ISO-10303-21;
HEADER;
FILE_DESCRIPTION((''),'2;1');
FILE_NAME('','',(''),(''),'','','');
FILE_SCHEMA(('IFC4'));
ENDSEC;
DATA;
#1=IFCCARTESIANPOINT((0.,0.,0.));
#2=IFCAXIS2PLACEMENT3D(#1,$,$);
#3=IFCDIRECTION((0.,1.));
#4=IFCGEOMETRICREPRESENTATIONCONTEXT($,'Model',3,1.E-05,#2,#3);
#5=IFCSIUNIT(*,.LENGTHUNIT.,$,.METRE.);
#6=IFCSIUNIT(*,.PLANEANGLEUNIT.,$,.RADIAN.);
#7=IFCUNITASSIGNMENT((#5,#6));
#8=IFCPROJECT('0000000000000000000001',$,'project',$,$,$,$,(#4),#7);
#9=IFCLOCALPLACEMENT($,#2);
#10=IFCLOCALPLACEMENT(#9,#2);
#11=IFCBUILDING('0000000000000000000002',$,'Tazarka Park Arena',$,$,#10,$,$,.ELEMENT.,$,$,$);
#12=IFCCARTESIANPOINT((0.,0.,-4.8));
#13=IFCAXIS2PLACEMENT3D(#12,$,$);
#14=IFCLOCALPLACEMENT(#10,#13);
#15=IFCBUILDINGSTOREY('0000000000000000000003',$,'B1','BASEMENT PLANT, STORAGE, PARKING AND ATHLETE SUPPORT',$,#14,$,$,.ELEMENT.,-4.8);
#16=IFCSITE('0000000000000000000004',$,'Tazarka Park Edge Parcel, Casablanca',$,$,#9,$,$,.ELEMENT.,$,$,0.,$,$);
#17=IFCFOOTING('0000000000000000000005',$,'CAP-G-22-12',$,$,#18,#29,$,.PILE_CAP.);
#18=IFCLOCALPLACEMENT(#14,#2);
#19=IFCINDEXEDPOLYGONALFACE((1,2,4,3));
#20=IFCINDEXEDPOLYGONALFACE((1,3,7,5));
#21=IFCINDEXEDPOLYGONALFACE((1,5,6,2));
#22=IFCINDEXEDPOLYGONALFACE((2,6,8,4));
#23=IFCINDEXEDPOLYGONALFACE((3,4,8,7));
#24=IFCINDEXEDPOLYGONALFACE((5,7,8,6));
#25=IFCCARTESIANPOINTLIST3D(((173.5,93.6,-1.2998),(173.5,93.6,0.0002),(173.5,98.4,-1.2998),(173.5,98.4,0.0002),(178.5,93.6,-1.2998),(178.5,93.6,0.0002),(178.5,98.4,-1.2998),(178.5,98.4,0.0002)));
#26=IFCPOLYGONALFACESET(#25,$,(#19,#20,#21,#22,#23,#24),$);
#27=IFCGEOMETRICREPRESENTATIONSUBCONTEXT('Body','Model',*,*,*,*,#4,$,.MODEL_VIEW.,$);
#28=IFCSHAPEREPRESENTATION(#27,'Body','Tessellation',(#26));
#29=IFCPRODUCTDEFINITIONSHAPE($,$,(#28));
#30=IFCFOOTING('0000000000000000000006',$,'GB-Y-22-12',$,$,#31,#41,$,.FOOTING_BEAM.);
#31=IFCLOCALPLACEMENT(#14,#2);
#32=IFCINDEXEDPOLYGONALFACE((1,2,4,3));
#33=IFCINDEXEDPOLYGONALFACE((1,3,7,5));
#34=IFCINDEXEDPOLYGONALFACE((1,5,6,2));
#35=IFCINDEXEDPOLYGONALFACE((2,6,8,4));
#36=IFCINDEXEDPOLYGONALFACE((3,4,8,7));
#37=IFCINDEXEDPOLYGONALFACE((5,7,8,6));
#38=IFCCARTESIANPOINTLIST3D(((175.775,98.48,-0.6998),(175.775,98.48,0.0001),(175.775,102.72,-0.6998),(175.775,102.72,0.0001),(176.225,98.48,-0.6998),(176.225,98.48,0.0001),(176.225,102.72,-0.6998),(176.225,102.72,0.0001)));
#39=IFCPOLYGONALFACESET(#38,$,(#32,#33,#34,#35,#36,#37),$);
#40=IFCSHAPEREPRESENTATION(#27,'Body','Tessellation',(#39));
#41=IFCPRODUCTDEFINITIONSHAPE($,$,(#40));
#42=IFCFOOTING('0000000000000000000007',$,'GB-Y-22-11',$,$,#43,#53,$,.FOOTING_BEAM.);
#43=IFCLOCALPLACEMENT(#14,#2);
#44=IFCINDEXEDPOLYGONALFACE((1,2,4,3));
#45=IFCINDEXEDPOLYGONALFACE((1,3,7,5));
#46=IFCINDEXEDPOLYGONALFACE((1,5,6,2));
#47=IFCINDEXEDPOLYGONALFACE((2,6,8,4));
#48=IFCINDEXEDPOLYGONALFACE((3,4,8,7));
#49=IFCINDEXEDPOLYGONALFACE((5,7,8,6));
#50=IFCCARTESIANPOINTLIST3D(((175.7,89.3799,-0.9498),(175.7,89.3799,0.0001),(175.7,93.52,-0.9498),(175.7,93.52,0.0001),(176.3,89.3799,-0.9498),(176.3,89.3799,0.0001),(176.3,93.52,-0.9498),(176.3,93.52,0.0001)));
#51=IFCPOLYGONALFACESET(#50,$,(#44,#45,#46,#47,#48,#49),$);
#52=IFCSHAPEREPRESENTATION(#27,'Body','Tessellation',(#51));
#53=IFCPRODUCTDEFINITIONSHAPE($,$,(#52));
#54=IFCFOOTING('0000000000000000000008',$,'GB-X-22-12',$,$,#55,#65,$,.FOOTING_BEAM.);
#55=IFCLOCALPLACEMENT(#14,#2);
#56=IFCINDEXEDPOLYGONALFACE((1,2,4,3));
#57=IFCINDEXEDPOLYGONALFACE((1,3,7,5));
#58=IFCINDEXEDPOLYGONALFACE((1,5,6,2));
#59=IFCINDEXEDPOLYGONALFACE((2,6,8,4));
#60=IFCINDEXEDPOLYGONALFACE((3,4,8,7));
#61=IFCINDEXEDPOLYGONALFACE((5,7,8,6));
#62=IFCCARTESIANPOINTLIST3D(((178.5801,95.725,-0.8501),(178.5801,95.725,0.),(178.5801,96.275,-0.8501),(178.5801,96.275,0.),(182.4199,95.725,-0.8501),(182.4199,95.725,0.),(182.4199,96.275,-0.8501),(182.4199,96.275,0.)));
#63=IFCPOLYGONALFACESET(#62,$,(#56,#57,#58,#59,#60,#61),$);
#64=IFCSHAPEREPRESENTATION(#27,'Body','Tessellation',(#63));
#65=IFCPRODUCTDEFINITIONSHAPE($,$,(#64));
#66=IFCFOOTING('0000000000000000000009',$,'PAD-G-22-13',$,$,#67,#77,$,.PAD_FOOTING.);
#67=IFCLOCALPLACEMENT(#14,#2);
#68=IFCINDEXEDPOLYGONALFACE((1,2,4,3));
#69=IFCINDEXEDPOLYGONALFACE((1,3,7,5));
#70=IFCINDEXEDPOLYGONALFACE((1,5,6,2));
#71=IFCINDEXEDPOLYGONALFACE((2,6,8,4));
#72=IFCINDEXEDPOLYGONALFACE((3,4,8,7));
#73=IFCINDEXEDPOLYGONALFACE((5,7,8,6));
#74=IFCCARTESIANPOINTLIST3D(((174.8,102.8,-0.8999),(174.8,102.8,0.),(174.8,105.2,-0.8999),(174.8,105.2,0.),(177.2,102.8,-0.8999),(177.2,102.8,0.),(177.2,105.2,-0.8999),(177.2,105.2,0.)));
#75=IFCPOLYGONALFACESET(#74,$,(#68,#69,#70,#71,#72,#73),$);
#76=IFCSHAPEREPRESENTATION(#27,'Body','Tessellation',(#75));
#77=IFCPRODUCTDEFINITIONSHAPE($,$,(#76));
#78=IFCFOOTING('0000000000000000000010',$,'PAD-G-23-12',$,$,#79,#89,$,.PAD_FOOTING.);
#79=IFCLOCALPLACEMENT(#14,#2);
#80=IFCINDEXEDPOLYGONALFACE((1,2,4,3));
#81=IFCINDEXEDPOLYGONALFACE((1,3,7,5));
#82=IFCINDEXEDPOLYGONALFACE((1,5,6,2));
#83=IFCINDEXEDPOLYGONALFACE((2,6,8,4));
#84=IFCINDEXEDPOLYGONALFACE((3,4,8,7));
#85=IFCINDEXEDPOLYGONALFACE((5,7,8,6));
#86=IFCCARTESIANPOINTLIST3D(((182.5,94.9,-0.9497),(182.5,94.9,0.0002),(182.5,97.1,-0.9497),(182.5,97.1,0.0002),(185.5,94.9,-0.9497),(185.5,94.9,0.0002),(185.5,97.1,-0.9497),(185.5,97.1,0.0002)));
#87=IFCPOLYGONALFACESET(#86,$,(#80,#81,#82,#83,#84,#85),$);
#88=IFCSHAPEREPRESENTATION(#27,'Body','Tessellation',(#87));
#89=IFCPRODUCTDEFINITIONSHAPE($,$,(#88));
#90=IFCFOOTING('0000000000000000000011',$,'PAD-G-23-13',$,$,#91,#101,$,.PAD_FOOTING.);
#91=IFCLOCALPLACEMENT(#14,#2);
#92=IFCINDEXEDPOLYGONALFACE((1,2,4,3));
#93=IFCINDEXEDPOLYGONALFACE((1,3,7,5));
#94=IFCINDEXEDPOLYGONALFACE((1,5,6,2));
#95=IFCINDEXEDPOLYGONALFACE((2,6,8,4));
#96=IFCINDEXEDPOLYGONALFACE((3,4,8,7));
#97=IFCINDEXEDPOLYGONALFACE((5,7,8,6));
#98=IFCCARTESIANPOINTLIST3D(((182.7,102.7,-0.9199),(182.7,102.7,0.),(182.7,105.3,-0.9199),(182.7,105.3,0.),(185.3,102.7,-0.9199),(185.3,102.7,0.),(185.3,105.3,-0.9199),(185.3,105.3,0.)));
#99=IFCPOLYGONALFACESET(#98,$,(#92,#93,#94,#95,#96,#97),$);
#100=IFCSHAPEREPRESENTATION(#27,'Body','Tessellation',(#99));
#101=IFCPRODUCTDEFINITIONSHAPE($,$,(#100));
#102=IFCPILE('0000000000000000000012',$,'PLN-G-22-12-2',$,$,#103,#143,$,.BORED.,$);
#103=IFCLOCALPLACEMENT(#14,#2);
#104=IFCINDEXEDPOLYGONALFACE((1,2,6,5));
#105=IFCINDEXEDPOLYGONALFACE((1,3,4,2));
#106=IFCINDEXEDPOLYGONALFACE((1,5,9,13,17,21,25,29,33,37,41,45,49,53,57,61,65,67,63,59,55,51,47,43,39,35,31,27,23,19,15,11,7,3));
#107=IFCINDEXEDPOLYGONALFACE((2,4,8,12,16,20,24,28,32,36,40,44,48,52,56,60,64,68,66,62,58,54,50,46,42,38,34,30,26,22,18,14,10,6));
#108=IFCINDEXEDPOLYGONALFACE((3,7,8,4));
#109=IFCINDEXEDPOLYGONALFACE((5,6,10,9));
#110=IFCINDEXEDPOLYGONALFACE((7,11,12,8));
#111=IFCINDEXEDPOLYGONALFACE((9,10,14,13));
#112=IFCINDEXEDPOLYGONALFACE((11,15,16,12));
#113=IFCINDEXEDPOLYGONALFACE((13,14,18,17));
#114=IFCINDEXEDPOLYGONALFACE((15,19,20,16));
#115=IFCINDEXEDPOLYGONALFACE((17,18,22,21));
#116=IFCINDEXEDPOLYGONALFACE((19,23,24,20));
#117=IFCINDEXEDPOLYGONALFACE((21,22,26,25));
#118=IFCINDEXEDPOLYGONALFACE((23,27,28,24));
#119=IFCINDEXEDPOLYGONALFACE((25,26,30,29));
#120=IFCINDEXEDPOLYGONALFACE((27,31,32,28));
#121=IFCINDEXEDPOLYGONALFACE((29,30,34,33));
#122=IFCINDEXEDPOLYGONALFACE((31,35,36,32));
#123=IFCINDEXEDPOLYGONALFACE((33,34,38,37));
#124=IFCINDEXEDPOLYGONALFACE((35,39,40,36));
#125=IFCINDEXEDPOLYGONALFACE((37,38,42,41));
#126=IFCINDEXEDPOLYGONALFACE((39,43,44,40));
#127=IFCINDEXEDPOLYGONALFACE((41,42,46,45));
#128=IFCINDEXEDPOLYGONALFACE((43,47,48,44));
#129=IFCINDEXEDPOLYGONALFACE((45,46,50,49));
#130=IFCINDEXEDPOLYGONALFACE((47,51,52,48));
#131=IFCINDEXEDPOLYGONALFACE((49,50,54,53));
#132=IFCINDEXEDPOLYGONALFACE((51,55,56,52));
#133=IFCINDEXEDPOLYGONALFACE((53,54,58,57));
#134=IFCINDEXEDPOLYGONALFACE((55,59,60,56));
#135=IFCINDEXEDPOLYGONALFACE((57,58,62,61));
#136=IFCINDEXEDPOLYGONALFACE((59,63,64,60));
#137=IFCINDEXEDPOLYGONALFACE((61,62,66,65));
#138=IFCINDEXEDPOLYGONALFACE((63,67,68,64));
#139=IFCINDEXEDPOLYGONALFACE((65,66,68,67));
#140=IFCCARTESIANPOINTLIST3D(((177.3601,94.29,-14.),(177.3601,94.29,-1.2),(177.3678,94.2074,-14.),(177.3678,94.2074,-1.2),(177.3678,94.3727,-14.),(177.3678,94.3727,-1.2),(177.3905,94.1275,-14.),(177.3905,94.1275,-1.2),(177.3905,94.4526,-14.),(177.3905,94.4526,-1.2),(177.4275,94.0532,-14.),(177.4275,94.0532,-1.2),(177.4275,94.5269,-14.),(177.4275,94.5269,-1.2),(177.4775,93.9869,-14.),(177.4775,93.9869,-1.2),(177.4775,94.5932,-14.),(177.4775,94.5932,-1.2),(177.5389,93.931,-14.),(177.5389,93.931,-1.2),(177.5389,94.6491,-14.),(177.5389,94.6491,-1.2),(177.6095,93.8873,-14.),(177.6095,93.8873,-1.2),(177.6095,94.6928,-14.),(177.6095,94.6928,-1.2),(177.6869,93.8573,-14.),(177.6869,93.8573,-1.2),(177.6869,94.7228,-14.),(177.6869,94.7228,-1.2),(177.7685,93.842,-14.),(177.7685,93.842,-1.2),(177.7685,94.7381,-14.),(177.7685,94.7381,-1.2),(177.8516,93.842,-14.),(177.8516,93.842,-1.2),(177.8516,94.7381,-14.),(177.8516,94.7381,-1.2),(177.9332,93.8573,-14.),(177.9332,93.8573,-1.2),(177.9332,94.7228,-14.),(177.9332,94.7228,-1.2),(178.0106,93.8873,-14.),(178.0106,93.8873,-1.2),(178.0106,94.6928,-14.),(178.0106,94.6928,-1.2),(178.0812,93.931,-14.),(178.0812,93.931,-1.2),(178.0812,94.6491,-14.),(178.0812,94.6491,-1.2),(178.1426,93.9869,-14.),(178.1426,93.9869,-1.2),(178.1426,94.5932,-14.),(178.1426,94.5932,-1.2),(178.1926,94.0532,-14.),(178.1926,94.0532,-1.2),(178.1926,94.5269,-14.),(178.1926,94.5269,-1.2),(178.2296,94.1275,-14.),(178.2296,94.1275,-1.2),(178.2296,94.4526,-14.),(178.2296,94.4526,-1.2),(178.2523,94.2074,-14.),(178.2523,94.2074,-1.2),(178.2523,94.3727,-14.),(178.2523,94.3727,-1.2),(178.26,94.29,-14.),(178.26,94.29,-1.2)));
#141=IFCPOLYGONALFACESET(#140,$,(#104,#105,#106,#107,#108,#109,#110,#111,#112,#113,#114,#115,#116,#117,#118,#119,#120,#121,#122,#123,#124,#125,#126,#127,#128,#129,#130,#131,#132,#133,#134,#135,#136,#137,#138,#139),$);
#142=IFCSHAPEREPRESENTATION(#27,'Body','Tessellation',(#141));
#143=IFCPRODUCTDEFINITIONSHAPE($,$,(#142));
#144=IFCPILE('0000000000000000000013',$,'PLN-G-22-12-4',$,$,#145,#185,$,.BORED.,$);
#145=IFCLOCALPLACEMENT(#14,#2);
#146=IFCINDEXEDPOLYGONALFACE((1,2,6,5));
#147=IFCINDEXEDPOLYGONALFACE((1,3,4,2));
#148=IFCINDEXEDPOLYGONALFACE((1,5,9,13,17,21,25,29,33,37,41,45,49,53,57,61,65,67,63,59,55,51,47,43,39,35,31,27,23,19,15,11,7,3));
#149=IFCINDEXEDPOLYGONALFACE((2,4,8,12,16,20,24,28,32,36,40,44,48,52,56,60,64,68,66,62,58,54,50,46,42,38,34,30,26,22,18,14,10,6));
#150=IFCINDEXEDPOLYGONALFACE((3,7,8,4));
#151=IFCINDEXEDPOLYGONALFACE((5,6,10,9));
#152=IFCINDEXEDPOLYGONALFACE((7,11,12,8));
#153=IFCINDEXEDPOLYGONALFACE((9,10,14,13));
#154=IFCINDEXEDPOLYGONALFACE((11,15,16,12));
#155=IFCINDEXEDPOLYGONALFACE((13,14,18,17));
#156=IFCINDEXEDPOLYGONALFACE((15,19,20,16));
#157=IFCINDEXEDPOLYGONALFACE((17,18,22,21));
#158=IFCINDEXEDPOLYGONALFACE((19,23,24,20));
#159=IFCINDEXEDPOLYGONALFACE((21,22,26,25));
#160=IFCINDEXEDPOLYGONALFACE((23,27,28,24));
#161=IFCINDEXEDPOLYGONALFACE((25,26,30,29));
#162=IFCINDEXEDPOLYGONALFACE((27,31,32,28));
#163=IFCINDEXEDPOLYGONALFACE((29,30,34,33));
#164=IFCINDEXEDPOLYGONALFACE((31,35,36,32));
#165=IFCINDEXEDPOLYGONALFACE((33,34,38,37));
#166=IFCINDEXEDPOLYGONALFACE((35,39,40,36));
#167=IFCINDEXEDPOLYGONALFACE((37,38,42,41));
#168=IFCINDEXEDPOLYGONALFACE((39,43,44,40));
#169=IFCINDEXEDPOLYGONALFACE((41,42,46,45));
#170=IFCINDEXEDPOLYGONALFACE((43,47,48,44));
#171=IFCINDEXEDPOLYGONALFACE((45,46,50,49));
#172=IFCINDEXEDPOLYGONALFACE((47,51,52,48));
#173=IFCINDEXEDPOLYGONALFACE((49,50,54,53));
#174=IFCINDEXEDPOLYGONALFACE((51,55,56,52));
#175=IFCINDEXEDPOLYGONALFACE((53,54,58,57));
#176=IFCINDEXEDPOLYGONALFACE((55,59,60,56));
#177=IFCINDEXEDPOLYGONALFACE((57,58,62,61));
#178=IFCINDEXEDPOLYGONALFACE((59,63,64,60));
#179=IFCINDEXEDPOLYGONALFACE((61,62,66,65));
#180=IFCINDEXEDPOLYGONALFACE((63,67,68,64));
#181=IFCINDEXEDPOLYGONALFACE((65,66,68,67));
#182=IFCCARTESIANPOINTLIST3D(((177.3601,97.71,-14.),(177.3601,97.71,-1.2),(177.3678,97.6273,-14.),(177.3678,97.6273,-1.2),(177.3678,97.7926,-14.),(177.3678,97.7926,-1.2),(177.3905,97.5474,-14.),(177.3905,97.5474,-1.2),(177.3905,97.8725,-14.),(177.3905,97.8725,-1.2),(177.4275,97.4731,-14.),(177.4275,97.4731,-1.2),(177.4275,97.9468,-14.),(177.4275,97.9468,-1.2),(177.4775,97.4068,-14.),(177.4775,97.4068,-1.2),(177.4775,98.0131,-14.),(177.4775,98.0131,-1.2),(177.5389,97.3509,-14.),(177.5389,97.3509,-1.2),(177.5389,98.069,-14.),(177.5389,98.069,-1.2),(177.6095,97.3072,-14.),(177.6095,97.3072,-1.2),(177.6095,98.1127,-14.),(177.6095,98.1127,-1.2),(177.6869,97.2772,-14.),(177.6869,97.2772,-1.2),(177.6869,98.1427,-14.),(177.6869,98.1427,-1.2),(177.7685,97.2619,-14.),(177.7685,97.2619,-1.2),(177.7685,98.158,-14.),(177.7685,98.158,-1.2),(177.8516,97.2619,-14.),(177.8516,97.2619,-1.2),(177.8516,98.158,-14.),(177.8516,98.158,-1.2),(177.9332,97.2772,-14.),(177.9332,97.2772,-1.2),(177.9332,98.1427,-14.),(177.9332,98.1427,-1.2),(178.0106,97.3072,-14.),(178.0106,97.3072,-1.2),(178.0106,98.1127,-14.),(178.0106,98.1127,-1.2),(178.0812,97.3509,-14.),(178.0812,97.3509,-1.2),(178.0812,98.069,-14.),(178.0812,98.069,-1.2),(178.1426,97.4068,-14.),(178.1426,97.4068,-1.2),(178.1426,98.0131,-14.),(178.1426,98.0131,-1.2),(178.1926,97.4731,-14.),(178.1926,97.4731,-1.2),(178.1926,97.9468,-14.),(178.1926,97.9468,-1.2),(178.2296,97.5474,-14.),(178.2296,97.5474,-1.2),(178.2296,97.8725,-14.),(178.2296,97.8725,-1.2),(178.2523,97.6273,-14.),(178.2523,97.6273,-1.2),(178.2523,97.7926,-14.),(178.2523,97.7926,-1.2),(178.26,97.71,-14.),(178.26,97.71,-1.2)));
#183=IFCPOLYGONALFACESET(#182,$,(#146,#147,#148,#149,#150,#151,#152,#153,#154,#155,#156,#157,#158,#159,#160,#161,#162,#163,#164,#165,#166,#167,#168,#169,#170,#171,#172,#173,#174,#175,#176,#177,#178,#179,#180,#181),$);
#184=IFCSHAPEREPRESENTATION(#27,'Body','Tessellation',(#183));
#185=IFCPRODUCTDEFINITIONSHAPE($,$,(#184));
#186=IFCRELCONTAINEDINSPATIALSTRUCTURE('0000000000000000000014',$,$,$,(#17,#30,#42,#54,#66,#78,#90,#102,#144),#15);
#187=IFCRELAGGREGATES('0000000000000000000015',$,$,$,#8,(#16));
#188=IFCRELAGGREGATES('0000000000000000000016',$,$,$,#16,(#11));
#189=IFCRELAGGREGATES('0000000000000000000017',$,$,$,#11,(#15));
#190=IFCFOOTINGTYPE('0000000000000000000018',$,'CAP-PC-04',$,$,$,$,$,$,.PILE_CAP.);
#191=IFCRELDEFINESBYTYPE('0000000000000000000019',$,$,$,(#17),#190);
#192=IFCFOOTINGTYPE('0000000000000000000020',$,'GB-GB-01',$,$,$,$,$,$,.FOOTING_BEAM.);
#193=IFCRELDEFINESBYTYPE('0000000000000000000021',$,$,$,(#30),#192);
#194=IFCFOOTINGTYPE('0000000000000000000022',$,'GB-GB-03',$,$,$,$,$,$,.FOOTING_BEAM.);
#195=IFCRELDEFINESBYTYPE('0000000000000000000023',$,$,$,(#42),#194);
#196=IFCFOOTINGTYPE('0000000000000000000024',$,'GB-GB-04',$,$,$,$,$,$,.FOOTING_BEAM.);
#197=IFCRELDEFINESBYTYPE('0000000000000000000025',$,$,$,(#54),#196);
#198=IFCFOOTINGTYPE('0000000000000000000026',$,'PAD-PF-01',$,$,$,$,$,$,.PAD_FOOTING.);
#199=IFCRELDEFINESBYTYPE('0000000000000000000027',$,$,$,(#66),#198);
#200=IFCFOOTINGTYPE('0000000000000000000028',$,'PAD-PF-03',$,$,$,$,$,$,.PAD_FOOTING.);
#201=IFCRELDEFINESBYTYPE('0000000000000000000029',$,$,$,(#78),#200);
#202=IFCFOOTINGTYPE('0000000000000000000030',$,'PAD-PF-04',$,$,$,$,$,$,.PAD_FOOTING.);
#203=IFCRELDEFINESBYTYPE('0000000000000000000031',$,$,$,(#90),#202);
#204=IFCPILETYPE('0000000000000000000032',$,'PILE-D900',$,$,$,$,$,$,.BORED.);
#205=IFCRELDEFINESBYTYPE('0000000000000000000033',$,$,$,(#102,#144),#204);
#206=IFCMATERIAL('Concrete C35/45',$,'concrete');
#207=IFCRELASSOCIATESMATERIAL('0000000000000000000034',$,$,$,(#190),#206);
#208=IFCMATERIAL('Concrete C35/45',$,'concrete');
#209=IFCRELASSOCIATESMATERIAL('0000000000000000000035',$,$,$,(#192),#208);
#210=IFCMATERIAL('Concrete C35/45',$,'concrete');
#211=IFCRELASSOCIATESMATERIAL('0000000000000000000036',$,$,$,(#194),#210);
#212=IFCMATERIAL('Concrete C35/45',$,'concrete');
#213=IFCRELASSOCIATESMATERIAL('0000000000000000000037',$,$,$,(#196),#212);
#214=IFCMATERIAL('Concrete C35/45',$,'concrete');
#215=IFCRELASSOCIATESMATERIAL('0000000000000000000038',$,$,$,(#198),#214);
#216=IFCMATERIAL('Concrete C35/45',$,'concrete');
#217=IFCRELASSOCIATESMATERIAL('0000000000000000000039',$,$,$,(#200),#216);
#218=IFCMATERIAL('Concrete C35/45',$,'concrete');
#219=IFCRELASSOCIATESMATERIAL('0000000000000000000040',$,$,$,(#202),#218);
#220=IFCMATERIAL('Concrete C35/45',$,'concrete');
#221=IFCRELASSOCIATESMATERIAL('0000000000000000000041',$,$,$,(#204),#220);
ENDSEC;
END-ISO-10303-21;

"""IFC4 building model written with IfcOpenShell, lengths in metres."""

from ifc_helpers import new_model, si_unit, direction, frame, origin, origin_2d, place, context, subcontext, project, spatial, rectangle, circle, extrude, material, material_profile, profile_set, type_object, element, save


model = new_model("IFC4")

# Units and contexts
model_context = context("Model", 3, precision=1e-05, world=origin(), true_north=direction((0.0, 1.0)))
body_context = subcontext(model_context, "Body", "Model", "MODEL_VIEW")
ifc_project = project(units=[si_unit("LENGTHUNIT", "METRE"), si_unit("PLANEANGLEUNIT", "RADIAN")], contexts=[model_context])

# Site, building, storey
site_placement = place(None, origin())
site = spatial("IfcSite", under=ifc_project, at=site_placement, Name="Tazarka Park Edge Parcel, Casablanca", CompositionType="ELEMENT", RefElevation=0.0)
building_placement = place(site_placement, origin())
building = spatial("IfcBuilding", under=site, at=building_placement, Name="Tazarka Park Arena", CompositionType="ELEMENT")
storey_placement = place(building_placement, frame((0.0, 0.0, -4.8)))
storey = spatial("IfcBuildingStorey", under=building, at=storey_placement, Name="B1", Description="BASEMENT PLANT, STORAGE, PARKING AND ATHLETE SUPPORT", CompositionType="ELEMENT", Elevation=-4.8)

# Footings
ifc_material_1 = material(Name="Concrete C35/45", Category="concrete")
footing_type_1 = type_object("IfcFootingType", Name="CAP-PC-04", PredefinedType="PILE_CAP", material=ifc_material_1)
footing_1_placement = place(storey_placement, frame((176.0, 96.0, -1.2998), z_axis=(0.0, 0.0, 1.0), x_axis=(1.0, 0.0, 0.0)))
element("IfcFooting", 1, at=footing_1_placement, inside=storey, type_object=footing_type_1, Name="CAP-G-22-12", PredefinedType="PILE_CAP", context=body_context, shape_type="SweptSolid", body=[
    extrude(rectangle(XDim=5.0, YDim=4.8, at=origin_2d()), origin(), (0.0, 0.0, 1.0), 1.3),
])
ifc_material_2 = material(Name="Concrete C35/45", Category="concrete")
ifc_material_profile_1 = material_profile(ifc_material_2, rectangle(XDim=0.45, YDim=0.7, at=origin_2d()), Name="Concrete C35/45")
ifc_profile_set_1 = profile_set([ifc_material_profile_1], Name="Concrete C35/45")
footing_type_2 = type_object("IfcFootingType", Name="GB-GB-01", PredefinedType="FOOTING_BEAM", material=ifc_profile_set_1)
footing_2_placement = place(storey_placement, frame((176.0, 98.48, -0.3499), z_axis=(0.0, 1.0, 0.0), x_axis=(-1.0, 0.0, 0.0)))
element("IfcFooting", 2, at=footing_2_placement, inside=storey, type_object=footing_type_2, Name="GB-Y-22-12", PredefinedType="FOOTING_BEAM", context=body_context, shape_type="SweptSolid", body=[
    extrude(rectangle(XDim=0.45, YDim=0.7, at=origin_2d()), origin(), (0.0, 0.0, 1.0), 4.24),
])
ifc_material_3 = material(Name="Concrete C35/45", Category="concrete")
ifc_material_profile_2 = material_profile(ifc_material_3, rectangle(XDim=0.6001, YDim=0.95, at=origin_2d()), Name="Concrete C35/45")
ifc_profile_set_2 = profile_set([ifc_material_profile_2], Name="Concrete C35/45")
footing_type_3 = type_object("IfcFootingType", Name="GB-GB-03", PredefinedType="FOOTING_BEAM", material=ifc_profile_set_2)
footing_3_placement = place(storey_placement, frame((176.0, 89.3799, -0.4749), z_axis=(0.0, 1.0, 0.0), x_axis=(-1.0, 0.0, 0.0)))
element("IfcFooting", 3, at=footing_3_placement, inside=storey, type_object=footing_type_3, Name="GB-Y-22-11", PredefinedType="FOOTING_BEAM", context=body_context, shape_type="SweptSolid", body=[
    extrude(rectangle(XDim=0.6001, YDim=0.95, at=origin_2d()), origin(), (0.0, 0.0, 1.0), 4.1401),
])
ifc_material_4 = material(Name="Concrete C35/45", Category="concrete")
ifc_material_profile_3 = material_profile(ifc_material_4, rectangle(XDim=0.55, YDim=0.8501, at=origin_2d()), Name="Concrete C35/45")
ifc_profile_set_3 = profile_set([ifc_material_profile_3], Name="Concrete C35/45")
footing_type_4 = type_object("IfcFootingType", Name="GB-GB-04", PredefinedType="FOOTING_BEAM", material=ifc_profile_set_3)
footing_4_placement = place(storey_placement, frame((178.5801, 96.0, -0.425), z_axis=(1.0, 0.0, 0.0), x_axis=(0.0, 1.0, 0.0)))
element("IfcFooting", 4, at=footing_4_placement, inside=storey, type_object=footing_type_4, Name="GB-X-22-12", PredefinedType="FOOTING_BEAM", context=body_context, shape_type="SweptSolid", body=[
    extrude(rectangle(XDim=0.55, YDim=0.8501, at=origin_2d()), origin(), (0.0, 0.0, 1.0), 3.8398),
])
ifc_material_5 = material(Name="Concrete C35/45", Category="concrete")
footing_type_5 = type_object("IfcFootingType", Name="PAD-PF-01", PredefinedType="PAD_FOOTING", material=ifc_material_5)
footing_5_placement = place(storey_placement, frame((176.0, 104.0, -0.8999), z_axis=(0.0, 0.0, 1.0), x_axis=(1.0, 0.0, 0.0)))
element("IfcFooting", 5, at=footing_5_placement, inside=storey, type_object=footing_type_5, Name="PAD-G-22-13", PredefinedType="PAD_FOOTING", context=body_context, shape_type="SweptSolid", body=[
    extrude(rectangle(XDim=2.3999, YDim=2.3999, at=origin_2d()), origin(), (0.0, 0.0, 1.0), 0.8999),
])
ifc_material_6 = material(Name="Concrete C35/45", Category="concrete")
footing_type_6 = type_object("IfcFootingType", Name="PAD-PF-03", PredefinedType="PAD_FOOTING", material=ifc_material_6)
footing_6_placement = place(storey_placement, frame((184.0, 96.0, -0.9497), z_axis=(0.0, 0.0, 1.0), x_axis=(1.0, 0.0, 0.0)))
element("IfcFooting", 6, at=footing_6_placement, inside=storey, type_object=footing_type_6, Name="PAD-G-23-12", PredefinedType="PAD_FOOTING", context=body_context, shape_type="SweptSolid", body=[
    extrude(rectangle(XDim=3.0, YDim=2.2, at=origin_2d()), origin(), (0.0, 0.0, 1.0), 0.95),
])
ifc_material_7 = material(Name="Concrete C35/45", Category="concrete")
footing_type_7 = type_object("IfcFootingType", Name="PAD-PF-04", PredefinedType="PAD_FOOTING", material=ifc_material_7)
footing_7_placement = place(storey_placement, frame((184.0, 104.0, -0.9199), z_axis=(0.0, 0.0, 1.0), x_axis=(1.0, 0.0, 0.0)))
element("IfcFooting", 7, at=footing_7_placement, inside=storey, type_object=footing_type_7, Name="PAD-G-23-13", PredefinedType="PAD_FOOTING", context=body_context, shape_type="SweptSolid", body=[
    extrude(rectangle(XDim=2.6001, YDim=2.6001, at=origin_2d()), origin(), (0.0, 0.0, 1.0), 0.9199),
])

# Piles
ifc_material_8 = material(Name="Concrete C35/45", Category="concrete")
ifc_material_profile_4 = material_profile(ifc_material_8, circle(Radius=0.45, at=origin_2d()), Name="Concrete C35/45")
ifc_profile_set_4 = profile_set([ifc_material_profile_4], Name="Concrete C35/45")
pile_type = type_object("IfcPileType", Name="PILE-D900", PredefinedType="BORED", material=ifc_profile_set_4)
for number, where, z_axis, x_axis, name in (
    (8, (177.8101, 94.29, -1.2), (0.0, 0.0, -1.0), (1.0, 0.0, 0.0), "PLN-G-22-12-2"),
    (9, (177.8101, 97.71, -1.2), (0.0, 0.0, -1.0), (1.0, 0.0, 0.0), "PLN-G-22-12-4"),
):
    element("IfcPile", number, at=place(storey_placement, frame(where, z_axis=z_axis, x_axis=x_axis)), inside=storey, type_object=pile_type, Name=name, PredefinedType="BORED", context=body_context, shape_type="SweptSolid", body=[
        extrude(circle(Radius=0.45, at=origin_2d()), origin(), (0.0, 0.0, 1.0), 12.8),
    ])

save(model, "model.ifc")
